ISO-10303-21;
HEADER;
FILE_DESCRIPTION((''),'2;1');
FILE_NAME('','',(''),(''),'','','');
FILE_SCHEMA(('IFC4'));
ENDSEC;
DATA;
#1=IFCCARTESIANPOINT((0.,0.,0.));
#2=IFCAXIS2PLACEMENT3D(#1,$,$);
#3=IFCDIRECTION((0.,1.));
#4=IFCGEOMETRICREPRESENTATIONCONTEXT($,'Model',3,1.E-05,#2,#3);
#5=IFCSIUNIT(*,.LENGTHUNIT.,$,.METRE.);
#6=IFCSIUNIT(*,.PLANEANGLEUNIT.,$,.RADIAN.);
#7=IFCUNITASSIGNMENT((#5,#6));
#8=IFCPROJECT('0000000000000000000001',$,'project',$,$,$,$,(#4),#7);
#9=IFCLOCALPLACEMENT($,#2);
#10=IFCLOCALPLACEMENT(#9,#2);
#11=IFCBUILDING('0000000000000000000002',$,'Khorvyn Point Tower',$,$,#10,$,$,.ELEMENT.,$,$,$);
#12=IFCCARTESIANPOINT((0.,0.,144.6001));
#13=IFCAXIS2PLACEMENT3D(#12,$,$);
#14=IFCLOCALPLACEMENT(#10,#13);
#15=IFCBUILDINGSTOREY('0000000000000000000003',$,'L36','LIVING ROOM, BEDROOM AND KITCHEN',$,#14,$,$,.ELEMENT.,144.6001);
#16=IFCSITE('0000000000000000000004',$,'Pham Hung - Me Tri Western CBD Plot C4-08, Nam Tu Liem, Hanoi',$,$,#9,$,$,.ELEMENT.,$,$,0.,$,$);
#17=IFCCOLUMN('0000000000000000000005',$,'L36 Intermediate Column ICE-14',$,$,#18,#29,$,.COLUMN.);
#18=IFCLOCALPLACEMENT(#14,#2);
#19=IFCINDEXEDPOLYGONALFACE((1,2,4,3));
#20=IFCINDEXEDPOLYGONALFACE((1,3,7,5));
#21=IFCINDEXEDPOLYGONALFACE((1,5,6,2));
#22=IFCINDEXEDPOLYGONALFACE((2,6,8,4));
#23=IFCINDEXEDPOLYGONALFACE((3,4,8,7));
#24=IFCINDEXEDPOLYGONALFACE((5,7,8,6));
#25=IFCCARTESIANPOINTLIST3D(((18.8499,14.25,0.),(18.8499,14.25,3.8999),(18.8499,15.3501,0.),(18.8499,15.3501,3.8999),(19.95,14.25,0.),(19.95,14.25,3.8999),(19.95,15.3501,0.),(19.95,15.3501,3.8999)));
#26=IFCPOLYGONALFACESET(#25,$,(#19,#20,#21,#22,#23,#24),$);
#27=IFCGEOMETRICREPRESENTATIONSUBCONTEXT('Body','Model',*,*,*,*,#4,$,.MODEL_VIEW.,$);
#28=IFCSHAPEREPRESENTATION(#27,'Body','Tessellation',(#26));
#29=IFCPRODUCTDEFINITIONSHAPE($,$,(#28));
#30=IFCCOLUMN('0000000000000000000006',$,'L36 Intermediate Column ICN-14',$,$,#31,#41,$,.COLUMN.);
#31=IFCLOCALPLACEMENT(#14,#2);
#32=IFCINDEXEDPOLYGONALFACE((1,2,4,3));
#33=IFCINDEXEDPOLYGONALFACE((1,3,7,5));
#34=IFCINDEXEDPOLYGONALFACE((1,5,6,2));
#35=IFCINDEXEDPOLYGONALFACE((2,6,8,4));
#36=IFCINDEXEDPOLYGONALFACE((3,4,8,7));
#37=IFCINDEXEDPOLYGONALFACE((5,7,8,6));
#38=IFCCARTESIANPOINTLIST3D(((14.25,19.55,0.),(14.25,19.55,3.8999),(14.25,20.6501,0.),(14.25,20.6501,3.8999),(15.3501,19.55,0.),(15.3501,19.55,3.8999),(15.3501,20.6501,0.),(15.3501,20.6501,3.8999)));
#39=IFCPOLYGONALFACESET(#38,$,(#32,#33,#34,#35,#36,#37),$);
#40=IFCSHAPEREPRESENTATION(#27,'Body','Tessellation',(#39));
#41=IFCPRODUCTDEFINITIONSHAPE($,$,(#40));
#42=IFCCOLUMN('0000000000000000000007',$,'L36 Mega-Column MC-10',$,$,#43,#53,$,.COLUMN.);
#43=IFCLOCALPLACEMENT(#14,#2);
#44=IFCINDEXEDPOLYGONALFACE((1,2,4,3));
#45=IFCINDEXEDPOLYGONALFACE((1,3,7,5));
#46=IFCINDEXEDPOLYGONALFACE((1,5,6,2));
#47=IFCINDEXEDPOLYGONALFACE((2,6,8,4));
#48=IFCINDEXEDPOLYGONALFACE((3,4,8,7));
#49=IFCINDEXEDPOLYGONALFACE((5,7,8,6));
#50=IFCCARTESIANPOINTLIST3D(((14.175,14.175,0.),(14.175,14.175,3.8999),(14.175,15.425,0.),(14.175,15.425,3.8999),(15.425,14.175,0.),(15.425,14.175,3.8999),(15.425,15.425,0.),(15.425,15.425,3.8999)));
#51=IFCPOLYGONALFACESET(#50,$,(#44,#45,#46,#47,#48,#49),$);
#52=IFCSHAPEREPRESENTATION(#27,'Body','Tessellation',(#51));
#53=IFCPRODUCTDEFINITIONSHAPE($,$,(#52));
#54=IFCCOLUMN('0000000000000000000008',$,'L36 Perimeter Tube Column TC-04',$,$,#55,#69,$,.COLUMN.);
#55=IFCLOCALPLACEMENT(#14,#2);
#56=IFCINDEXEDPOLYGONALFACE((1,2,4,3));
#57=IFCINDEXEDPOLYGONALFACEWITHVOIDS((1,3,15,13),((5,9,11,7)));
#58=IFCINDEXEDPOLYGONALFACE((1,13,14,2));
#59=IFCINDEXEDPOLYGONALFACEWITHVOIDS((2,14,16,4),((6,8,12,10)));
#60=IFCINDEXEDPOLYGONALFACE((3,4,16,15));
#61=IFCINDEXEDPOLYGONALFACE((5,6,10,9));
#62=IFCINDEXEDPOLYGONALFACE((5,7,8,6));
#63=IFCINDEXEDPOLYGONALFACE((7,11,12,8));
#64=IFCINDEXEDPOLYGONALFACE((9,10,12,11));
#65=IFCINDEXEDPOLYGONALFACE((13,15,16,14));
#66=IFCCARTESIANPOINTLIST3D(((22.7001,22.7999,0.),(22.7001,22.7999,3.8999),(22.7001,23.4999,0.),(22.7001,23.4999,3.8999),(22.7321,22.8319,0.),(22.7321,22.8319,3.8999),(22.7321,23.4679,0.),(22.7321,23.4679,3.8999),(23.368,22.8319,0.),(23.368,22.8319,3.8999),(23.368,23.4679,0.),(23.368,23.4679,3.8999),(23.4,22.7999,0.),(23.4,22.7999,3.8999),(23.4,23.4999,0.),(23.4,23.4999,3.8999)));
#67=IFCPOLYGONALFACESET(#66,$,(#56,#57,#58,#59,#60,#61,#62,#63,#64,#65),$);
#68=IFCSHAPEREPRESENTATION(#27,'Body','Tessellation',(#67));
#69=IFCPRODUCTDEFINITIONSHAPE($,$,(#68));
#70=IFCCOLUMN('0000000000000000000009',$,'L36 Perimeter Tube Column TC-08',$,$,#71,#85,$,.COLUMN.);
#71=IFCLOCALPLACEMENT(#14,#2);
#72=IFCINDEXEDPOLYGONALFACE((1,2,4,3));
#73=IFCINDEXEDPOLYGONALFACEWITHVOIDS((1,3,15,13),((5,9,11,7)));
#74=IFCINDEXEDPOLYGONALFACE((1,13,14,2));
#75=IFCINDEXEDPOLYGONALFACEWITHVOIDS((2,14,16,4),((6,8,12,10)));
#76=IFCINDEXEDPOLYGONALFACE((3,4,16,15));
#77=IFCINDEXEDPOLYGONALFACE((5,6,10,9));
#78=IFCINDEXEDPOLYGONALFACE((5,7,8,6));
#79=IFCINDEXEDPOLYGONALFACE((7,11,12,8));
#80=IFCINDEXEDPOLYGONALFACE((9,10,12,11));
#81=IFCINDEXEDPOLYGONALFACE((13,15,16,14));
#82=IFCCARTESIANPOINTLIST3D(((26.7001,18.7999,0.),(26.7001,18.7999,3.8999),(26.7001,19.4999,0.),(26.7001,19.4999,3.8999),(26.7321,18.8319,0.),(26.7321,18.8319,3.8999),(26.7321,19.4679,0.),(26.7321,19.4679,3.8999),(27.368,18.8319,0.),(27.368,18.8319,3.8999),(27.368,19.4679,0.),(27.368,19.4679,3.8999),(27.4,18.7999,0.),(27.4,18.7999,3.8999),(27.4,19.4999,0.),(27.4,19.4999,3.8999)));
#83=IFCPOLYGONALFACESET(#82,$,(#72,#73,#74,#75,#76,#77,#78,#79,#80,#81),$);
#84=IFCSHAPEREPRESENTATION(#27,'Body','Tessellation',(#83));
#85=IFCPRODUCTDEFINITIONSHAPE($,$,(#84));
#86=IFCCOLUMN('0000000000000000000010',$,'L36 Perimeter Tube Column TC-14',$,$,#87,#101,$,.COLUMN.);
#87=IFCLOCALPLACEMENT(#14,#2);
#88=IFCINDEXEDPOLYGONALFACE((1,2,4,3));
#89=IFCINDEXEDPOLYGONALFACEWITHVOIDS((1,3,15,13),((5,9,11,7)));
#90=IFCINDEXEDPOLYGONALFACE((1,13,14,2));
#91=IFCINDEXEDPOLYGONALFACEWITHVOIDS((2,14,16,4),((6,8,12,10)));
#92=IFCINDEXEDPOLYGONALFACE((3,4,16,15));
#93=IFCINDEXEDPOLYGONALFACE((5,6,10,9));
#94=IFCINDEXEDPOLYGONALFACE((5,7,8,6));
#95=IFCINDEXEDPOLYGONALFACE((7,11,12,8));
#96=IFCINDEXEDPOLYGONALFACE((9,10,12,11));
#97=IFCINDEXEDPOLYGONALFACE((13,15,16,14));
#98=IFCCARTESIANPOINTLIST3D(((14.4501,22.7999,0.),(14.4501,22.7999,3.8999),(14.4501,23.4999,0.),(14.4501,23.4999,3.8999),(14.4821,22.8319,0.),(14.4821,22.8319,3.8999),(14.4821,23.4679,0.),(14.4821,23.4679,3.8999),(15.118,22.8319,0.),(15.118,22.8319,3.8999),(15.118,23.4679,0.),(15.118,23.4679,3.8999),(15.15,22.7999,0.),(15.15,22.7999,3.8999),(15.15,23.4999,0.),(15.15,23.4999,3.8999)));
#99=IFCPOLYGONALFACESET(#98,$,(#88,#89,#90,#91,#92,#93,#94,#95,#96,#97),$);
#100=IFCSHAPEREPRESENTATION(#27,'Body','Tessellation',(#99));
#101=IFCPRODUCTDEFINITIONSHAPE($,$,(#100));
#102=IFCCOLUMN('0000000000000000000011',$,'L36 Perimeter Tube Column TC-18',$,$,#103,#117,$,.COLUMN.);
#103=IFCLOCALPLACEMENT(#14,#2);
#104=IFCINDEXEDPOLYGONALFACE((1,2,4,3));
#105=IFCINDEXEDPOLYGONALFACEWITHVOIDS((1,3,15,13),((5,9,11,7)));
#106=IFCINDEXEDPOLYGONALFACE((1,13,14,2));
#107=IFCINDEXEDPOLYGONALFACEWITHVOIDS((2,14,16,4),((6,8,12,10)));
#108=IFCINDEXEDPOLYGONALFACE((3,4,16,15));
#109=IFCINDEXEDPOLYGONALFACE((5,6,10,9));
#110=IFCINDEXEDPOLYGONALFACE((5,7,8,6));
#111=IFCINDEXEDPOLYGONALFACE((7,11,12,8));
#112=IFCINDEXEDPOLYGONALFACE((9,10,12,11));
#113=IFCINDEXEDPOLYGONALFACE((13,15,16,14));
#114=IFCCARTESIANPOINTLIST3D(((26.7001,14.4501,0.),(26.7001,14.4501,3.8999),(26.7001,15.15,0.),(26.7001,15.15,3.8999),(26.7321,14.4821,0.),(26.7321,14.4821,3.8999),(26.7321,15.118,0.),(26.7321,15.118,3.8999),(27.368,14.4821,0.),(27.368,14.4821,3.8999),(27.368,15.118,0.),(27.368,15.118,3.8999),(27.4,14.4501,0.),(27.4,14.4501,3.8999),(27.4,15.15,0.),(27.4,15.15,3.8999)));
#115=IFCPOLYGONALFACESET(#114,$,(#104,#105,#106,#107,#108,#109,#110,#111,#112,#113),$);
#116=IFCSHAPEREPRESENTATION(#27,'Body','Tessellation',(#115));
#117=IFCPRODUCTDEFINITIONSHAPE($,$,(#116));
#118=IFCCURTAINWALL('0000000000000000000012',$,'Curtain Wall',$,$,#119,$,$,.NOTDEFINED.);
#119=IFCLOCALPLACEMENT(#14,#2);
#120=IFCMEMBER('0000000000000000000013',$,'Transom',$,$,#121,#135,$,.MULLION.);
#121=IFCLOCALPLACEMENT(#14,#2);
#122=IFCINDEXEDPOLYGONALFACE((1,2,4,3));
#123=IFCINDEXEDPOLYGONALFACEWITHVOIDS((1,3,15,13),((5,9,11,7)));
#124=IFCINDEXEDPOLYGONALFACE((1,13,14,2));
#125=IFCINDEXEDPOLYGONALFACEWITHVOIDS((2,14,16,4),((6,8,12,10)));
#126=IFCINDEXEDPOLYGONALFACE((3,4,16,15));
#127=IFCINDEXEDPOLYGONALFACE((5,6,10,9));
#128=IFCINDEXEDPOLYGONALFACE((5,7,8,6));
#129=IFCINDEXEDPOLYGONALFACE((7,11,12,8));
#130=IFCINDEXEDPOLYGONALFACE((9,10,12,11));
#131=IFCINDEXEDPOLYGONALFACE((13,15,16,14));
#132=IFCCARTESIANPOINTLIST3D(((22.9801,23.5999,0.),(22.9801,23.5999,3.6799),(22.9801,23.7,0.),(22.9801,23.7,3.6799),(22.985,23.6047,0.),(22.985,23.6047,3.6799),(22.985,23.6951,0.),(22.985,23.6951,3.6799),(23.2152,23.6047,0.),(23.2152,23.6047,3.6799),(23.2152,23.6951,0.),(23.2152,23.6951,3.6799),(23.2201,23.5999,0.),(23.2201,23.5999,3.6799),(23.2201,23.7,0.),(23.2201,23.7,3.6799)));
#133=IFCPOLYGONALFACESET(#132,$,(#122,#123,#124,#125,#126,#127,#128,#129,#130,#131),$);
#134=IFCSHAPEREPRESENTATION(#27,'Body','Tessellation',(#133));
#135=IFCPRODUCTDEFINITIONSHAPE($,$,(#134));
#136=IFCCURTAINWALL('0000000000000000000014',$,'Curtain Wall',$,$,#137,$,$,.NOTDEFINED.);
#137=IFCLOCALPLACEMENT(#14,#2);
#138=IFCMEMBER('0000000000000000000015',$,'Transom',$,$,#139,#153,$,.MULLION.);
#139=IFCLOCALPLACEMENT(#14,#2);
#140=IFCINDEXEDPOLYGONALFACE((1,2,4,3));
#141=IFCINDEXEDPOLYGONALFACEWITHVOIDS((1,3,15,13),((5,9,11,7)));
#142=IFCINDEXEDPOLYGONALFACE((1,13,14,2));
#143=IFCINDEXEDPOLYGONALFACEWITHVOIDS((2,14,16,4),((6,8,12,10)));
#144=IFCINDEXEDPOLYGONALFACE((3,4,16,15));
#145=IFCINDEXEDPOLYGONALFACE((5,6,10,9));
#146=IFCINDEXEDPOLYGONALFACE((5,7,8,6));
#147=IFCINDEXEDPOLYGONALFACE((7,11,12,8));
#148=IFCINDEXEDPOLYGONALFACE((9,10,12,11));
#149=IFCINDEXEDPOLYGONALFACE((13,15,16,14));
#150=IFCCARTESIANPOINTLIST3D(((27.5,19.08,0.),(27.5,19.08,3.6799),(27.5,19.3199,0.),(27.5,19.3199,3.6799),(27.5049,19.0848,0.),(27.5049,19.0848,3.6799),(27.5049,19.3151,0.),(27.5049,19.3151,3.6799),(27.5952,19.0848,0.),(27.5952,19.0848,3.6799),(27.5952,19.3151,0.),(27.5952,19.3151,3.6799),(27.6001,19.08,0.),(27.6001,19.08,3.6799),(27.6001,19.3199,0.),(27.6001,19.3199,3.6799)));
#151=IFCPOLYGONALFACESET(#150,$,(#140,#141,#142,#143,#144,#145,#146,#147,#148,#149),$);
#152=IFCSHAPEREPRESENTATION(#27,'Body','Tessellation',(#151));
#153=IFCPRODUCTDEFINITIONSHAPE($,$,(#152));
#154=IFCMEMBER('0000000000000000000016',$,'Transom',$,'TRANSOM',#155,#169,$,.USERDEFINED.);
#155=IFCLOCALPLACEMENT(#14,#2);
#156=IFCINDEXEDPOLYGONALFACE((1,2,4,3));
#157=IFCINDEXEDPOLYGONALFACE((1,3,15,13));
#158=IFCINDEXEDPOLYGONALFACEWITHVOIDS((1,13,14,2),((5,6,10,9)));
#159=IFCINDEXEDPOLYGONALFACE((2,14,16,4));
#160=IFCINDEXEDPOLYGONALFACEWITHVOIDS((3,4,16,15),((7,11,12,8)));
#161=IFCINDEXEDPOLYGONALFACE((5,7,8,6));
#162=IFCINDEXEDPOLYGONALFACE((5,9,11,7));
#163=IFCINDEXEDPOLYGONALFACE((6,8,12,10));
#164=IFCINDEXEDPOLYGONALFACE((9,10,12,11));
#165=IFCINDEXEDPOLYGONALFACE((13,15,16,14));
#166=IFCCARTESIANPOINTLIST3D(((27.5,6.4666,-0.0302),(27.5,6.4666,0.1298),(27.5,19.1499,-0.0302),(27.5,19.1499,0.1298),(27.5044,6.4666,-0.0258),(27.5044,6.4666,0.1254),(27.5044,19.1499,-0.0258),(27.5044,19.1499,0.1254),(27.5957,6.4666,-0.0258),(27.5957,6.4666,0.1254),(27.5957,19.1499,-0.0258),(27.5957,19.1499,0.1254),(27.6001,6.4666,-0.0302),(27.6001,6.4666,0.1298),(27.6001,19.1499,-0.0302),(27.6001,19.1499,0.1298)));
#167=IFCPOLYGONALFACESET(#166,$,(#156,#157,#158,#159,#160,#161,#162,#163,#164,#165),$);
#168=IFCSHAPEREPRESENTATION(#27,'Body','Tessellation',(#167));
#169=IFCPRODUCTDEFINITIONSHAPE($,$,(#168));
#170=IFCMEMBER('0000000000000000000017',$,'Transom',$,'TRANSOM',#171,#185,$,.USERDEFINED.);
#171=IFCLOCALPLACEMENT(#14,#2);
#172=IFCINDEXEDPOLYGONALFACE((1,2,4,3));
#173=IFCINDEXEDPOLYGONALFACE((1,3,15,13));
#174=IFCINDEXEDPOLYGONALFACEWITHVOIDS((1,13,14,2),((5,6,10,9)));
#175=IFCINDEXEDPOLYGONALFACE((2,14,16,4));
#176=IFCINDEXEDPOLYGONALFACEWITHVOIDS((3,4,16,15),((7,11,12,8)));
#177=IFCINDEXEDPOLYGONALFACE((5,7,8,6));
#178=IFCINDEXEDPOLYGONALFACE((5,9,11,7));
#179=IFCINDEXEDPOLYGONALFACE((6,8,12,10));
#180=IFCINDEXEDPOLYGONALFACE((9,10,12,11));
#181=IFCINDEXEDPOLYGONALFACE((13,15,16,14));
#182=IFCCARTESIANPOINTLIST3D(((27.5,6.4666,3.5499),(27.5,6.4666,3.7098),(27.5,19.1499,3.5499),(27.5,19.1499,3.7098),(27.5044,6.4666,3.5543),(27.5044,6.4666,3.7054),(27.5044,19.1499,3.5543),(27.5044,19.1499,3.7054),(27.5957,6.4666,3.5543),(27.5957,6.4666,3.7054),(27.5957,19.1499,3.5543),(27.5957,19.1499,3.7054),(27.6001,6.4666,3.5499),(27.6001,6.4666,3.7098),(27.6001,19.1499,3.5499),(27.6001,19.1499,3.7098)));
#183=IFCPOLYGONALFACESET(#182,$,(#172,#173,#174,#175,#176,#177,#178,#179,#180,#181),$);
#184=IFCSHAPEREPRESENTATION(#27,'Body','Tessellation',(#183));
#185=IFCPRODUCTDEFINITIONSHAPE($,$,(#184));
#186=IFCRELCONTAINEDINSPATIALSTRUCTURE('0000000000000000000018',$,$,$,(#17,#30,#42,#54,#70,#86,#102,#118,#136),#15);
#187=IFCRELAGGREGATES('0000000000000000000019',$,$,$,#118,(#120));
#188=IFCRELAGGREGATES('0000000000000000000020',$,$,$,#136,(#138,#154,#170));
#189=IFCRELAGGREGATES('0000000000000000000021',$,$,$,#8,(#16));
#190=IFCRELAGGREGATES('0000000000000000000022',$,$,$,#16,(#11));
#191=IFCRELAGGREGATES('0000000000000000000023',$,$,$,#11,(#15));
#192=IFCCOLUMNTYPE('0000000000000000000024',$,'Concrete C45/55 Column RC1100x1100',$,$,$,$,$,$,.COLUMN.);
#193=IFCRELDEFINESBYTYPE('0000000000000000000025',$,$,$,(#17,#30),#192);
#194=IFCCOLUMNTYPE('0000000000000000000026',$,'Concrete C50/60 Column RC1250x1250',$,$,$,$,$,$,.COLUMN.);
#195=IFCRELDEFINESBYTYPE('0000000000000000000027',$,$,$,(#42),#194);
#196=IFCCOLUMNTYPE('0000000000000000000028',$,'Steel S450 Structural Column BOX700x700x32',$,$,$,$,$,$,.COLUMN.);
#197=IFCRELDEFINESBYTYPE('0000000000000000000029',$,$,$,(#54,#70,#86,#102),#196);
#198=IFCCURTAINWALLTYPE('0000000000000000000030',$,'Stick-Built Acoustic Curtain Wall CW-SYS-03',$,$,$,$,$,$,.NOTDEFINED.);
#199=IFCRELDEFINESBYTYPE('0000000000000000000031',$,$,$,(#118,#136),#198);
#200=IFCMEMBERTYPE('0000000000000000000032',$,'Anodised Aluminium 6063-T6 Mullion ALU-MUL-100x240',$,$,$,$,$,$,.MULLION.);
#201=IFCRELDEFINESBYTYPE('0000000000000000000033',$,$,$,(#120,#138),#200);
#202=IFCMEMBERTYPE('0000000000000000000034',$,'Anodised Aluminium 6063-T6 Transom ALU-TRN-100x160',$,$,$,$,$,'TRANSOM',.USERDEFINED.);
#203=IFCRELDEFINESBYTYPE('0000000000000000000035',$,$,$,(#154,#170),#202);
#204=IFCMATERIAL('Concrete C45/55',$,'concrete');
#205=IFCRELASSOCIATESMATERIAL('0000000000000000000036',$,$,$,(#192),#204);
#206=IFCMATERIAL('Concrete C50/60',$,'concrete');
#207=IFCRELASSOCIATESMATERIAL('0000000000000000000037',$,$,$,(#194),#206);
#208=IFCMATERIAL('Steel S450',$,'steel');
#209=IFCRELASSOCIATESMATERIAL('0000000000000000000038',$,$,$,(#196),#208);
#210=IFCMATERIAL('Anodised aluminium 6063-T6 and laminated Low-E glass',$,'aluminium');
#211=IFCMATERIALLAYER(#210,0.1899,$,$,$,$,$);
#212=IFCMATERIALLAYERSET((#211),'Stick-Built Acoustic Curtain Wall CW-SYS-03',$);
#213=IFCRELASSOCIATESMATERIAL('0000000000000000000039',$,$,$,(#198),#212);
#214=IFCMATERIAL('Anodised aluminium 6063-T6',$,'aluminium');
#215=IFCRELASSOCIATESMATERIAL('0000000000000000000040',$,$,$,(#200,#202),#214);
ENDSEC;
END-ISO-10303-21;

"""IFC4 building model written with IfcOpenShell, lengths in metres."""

from ifc_helpers import new_model, si_unit, direction, frame, origin, origin_2d, place, context, subcontext, project, spatial, rectangle, hollow_rectangle, extrude, material, layer, layer_set, material_profile, profile_set, type_object, element, aggregate, save


model = new_model("IFC4")

# Units and contexts
model_context = context("Model", 3, precision=1e-05, world=origin(), true_north=direction((0.0, 1.0)))
body_context = subcontext(model_context, "Body", "Model", "MODEL_VIEW")
ifc_project = project(units=[si_unit("LENGTHUNIT", "METRE"), si_unit("PLANEANGLEUNIT", "RADIAN")], contexts=[model_context])

# Site, building, storey
site_placement = place(None, origin())
site = spatial("IfcSite", under=ifc_project, at=site_placement, Name="Pham Hung - Me Tri Western CBD Plot C4-08, Nam Tu Liem, Hanoi", CompositionType="ELEMENT", RefElevation=0.0)
building_placement = place(site_placement, origin())
building = spatial("IfcBuilding", under=site, at=building_placement, Name="Khorvyn Point Tower", CompositionType="ELEMENT")
storey_placement = place(building_placement, frame((0.0, 0.0, 144.6001)))
storey = spatial("IfcBuildingStorey", under=building, at=storey_placement, Name="L36", Description="LIVING ROOM, BEDROOM AND KITCHEN", CompositionType="ELEMENT", Elevation=144.6001)

# Columns
ifc_material_1 = material(Name="Concrete C45/55", Category="concrete")
ifc_material_profile_1 = material_profile(ifc_material_1, rectangle(XDim=1.1001, YDim=1.1001, at=origin_2d()))
ifc_profile_set_1 = profile_set([ifc_material_profile_1], Name="Concrete C45/55 RC1100x1100")
column_type_1 = type_object("IfcColumnType", Name="Concrete C45/55 Column RC1100x1100", PredefinedType="COLUMN", material=ifc_profile_set_1)
for number, where, z_axis, x_axis, name in (
    (1, (19.3999, 14.8, 0.0), (0.0, 0.0, 1.0), (1.0, 0.0, 0.0), "L36 Intermediate Column ICE-14"),
    (2, (14.8, 20.1001, 0.0), (0.0, 0.0, 1.0), (1.0, 0.0, 0.0), "L36 Intermediate Column ICN-14"),
):
    element("IfcColumn", number, at=place(storey_placement, frame(where, z_axis=z_axis, x_axis=x_axis)), inside=storey, type_object=column_type_1, Name=name, PredefinedType="COLUMN", context=body_context, shape_type="SweptSolid", body=[
        extrude(rectangle(XDim=1.1001, YDim=1.1001, at=origin_2d()), origin(), (0.0, 0.0, 1.0), 3.8999),
    ])
ifc_material_2 = material(Name="Concrete C50/60", Category="concrete")
ifc_material_profile_2 = material_profile(ifc_material_2, rectangle(XDim=1.25, YDim=1.25, at=origin_2d()))
ifc_profile_set_2 = profile_set([ifc_material_profile_2], Name="Concrete C50/60 RC1250x1250")
column_type_2 = type_object("IfcColumnType", Name="Concrete C50/60 Column RC1250x1250", PredefinedType="COLUMN", material=ifc_profile_set_2)
column_placement = place(storey_placement, frame((14.8, 14.8, 0.0), z_axis=(0.0, 0.0, 1.0), x_axis=(1.0, 0.0, 0.0)))
element("IfcColumn", 3, at=column_placement, inside=storey, type_object=column_type_2, Name="L36 Mega-Column MC-10", PredefinedType="COLUMN", context=body_context, shape_type="SweptSolid", body=[
    extrude(rectangle(XDim=1.25, YDim=1.25, at=origin_2d()), origin(), (0.0, 0.0, 1.0), 3.8999),
])
ifc_material_3 = material(Name="Steel S450", Category="steel")
ifc_material_profile_3 = material_profile(ifc_material_3, hollow_rectangle(XDim=0.7, YDim=0.7, WallThickness=0.032, at=origin_2d()))
ifc_profile_set_3 = profile_set([ifc_material_profile_3], Name="Steel S450 BOX700x700x32")
column_type_3 = type_object("IfcColumnType", Name="Steel S450 Structural Column BOX700x700x32", PredefinedType="COLUMN", material=ifc_profile_set_3)
for number, where, z_axis, x_axis, name in (
    (4, (23.05, 23.1499, 0.0), (0.0, 0.0, 1.0), (1.0, 0.0, 0.0), "L36 Perimeter Tube Column TC-04"),
    (5, (27.05, 19.1499, 0.0), (0.0, 0.0, 1.0), (1.0, 0.0, 0.0), "L36 Perimeter Tube Column TC-08"),
    (6, (14.8, 23.1499, 0.0), (0.0, 0.0, 1.0), (1.0, 0.0, 0.0), "L36 Perimeter Tube Column TC-14"),
    (7, (27.05, 14.8, 0.0), (0.0, 0.0, 1.0), (1.0, 0.0, 0.0), "L36 Perimeter Tube Column TC-18"),
):
    element("IfcColumn", number, at=place(storey_placement, frame(where, z_axis=z_axis, x_axis=x_axis)), inside=storey, type_object=column_type_3, Name=name, PredefinedType="COLUMN", context=body_context, shape_type="SweptSolid", body=[
        extrude(hollow_rectangle(XDim=0.7, YDim=0.7, WallThickness=0.032, at=origin_2d()), origin(), (0.0, 0.0, 1.0), 3.8999),
    ])

# Curtain wall, member
ifc_material_4 = material(Name="Anodised aluminium 6063-T6 and laminated Low-E glass", Category="aluminium")
ifc_layer_1 = layer(ifc_material_4, 0.1899)
ifc_layer_set_1 = layer_set([ifc_layer_1], Name="Stick-Built Acoustic Curtain Wall CW-SYS-03")
curtain_wall_type = type_object("IfcCurtainWallType", Name="Stick-Built Acoustic Curtain Wall CW-SYS-03", PredefinedType="NOTDEFINED", material=ifc_layer_set_1)
curtain_wall_1_placement = place(storey_placement, origin())
curtain_wall_1 = element("IfcCurtainWall", 8, at=curtain_wall_1_placement, inside=storey, type_object=curtain_wall_type, Name="Curtain Wall", PredefinedType="NOTDEFINED")
ifc_material_5 = material(Name="Anodised aluminium 6063-T6", Category="aluminium")
ifc_material_profile_4 = material_profile(ifc_material_5, hollow_rectangle(XDim=0.1001, YDim=0.24, WallThickness=0.0049, at=origin_2d()))
ifc_profile_set_4 = profile_set([ifc_material_profile_4], Name="Anodised aluminium 6063-T6 ALU-MUL-100x240")
member_type_1 = type_object("IfcMemberType", Name="Anodised Aluminium 6063-T6 Mullion ALU-MUL-100x240", PredefinedType="MULLION", material=ifc_profile_set_4)
member_1_placement = place(storey_placement, frame((23.1001, 23.6499, 0.0), z_axis=(0.0, 0.0, 1.0), x_axis=(0.0, 1.0, 0.0)))
member_1 = element("IfcMember", 9, at=member_1_placement, type_object=member_type_1, Name="Transom", PredefinedType="MULLION", context=body_context, shape_type="SweptSolid", body=[
    extrude(hollow_rectangle(XDim=0.1001, YDim=0.24, WallThickness=0.0049, at=origin_2d()), origin(), (0.0, 0.0, 1.0), 3.6799),
])

# Curtain wall, members
curtain_wall_2_placement = place(storey_placement, origin())
curtain_wall_2 = element("IfcCurtainWall", 10, at=curtain_wall_2_placement, inside=storey, type_object=curtain_wall_type, Name="Curtain Wall", PredefinedType="NOTDEFINED")
member_2_placement = place(storey_placement, frame((27.55, 19.2, 0.0), z_axis=(0.0, 0.0, 1.0), x_axis=(1.0, 0.0, 0.0)))
member_2 = element("IfcMember", 11, at=member_2_placement, type_object=member_type_1, Name="Transom", PredefinedType="MULLION", context=body_context, shape_type="SweptSolid", body=[
    extrude(hollow_rectangle(XDim=0.1001, YDim=0.24, WallThickness=0.0049, at=origin_2d()), origin(), (0.0, 0.0, 1.0), 3.6799),
])
ifc_material_profile_5 = material_profile(ifc_material_5, hollow_rectangle(XDim=0.1001, YDim=0.1599, WallThickness=0.0044, at=origin_2d()))
ifc_profile_set_5 = profile_set([ifc_material_profile_5], Name="Anodised aluminium 6063-T6 ALU-TRN-100x160")
member_type_2 = type_object("IfcMemberType", Name="Anodised Aluminium 6063-T6 Transom ALU-TRN-100x160", ElementType="TRANSOM", PredefinedType="USERDEFINED", material=ifc_profile_set_5)
member_3_placement = place(storey_placement, frame((27.55, 19.1499, 0.0498), z_axis=(0.0, -1.0, 0.0), x_axis=(1.0, 0.0, 0.0)))
member_3 = element("IfcMember", 12, at=member_3_placement, type_object=member_type_2, Name="Transom", ObjectType="TRANSOM", PredefinedType="USERDEFINED", context=body_context, shape_type="SweptSolid", body=[
    extrude(hollow_rectangle(XDim=0.1001, YDim=0.1599, WallThickness=0.0044, at=origin_2d()), origin(), (0.0, 0.0, 1.0), 12.6833),
])
member_4_placement = place(storey_placement, frame((27.55, 19.1499, 3.6299), z_axis=(0.0, -1.0, 0.0), x_axis=(1.0, 0.0, 0.0)))
member_4 = element("IfcMember", 13, at=member_4_placement, type_object=member_type_2, Name="Transom", ObjectType="TRANSOM", PredefinedType="USERDEFINED", context=body_context, shape_type="SweptSolid", body=[
    extrude(hollow_rectangle(XDim=0.1001, YDim=0.1599, WallThickness=0.0044, at=origin_2d()), origin(), (0.0, 0.0, 1.0), 12.6833),
])

aggregate(curtain_wall_1, [member_1])
aggregate(curtain_wall_2, [member_2, member_3, member_4])

save(model, "model.ifc")
